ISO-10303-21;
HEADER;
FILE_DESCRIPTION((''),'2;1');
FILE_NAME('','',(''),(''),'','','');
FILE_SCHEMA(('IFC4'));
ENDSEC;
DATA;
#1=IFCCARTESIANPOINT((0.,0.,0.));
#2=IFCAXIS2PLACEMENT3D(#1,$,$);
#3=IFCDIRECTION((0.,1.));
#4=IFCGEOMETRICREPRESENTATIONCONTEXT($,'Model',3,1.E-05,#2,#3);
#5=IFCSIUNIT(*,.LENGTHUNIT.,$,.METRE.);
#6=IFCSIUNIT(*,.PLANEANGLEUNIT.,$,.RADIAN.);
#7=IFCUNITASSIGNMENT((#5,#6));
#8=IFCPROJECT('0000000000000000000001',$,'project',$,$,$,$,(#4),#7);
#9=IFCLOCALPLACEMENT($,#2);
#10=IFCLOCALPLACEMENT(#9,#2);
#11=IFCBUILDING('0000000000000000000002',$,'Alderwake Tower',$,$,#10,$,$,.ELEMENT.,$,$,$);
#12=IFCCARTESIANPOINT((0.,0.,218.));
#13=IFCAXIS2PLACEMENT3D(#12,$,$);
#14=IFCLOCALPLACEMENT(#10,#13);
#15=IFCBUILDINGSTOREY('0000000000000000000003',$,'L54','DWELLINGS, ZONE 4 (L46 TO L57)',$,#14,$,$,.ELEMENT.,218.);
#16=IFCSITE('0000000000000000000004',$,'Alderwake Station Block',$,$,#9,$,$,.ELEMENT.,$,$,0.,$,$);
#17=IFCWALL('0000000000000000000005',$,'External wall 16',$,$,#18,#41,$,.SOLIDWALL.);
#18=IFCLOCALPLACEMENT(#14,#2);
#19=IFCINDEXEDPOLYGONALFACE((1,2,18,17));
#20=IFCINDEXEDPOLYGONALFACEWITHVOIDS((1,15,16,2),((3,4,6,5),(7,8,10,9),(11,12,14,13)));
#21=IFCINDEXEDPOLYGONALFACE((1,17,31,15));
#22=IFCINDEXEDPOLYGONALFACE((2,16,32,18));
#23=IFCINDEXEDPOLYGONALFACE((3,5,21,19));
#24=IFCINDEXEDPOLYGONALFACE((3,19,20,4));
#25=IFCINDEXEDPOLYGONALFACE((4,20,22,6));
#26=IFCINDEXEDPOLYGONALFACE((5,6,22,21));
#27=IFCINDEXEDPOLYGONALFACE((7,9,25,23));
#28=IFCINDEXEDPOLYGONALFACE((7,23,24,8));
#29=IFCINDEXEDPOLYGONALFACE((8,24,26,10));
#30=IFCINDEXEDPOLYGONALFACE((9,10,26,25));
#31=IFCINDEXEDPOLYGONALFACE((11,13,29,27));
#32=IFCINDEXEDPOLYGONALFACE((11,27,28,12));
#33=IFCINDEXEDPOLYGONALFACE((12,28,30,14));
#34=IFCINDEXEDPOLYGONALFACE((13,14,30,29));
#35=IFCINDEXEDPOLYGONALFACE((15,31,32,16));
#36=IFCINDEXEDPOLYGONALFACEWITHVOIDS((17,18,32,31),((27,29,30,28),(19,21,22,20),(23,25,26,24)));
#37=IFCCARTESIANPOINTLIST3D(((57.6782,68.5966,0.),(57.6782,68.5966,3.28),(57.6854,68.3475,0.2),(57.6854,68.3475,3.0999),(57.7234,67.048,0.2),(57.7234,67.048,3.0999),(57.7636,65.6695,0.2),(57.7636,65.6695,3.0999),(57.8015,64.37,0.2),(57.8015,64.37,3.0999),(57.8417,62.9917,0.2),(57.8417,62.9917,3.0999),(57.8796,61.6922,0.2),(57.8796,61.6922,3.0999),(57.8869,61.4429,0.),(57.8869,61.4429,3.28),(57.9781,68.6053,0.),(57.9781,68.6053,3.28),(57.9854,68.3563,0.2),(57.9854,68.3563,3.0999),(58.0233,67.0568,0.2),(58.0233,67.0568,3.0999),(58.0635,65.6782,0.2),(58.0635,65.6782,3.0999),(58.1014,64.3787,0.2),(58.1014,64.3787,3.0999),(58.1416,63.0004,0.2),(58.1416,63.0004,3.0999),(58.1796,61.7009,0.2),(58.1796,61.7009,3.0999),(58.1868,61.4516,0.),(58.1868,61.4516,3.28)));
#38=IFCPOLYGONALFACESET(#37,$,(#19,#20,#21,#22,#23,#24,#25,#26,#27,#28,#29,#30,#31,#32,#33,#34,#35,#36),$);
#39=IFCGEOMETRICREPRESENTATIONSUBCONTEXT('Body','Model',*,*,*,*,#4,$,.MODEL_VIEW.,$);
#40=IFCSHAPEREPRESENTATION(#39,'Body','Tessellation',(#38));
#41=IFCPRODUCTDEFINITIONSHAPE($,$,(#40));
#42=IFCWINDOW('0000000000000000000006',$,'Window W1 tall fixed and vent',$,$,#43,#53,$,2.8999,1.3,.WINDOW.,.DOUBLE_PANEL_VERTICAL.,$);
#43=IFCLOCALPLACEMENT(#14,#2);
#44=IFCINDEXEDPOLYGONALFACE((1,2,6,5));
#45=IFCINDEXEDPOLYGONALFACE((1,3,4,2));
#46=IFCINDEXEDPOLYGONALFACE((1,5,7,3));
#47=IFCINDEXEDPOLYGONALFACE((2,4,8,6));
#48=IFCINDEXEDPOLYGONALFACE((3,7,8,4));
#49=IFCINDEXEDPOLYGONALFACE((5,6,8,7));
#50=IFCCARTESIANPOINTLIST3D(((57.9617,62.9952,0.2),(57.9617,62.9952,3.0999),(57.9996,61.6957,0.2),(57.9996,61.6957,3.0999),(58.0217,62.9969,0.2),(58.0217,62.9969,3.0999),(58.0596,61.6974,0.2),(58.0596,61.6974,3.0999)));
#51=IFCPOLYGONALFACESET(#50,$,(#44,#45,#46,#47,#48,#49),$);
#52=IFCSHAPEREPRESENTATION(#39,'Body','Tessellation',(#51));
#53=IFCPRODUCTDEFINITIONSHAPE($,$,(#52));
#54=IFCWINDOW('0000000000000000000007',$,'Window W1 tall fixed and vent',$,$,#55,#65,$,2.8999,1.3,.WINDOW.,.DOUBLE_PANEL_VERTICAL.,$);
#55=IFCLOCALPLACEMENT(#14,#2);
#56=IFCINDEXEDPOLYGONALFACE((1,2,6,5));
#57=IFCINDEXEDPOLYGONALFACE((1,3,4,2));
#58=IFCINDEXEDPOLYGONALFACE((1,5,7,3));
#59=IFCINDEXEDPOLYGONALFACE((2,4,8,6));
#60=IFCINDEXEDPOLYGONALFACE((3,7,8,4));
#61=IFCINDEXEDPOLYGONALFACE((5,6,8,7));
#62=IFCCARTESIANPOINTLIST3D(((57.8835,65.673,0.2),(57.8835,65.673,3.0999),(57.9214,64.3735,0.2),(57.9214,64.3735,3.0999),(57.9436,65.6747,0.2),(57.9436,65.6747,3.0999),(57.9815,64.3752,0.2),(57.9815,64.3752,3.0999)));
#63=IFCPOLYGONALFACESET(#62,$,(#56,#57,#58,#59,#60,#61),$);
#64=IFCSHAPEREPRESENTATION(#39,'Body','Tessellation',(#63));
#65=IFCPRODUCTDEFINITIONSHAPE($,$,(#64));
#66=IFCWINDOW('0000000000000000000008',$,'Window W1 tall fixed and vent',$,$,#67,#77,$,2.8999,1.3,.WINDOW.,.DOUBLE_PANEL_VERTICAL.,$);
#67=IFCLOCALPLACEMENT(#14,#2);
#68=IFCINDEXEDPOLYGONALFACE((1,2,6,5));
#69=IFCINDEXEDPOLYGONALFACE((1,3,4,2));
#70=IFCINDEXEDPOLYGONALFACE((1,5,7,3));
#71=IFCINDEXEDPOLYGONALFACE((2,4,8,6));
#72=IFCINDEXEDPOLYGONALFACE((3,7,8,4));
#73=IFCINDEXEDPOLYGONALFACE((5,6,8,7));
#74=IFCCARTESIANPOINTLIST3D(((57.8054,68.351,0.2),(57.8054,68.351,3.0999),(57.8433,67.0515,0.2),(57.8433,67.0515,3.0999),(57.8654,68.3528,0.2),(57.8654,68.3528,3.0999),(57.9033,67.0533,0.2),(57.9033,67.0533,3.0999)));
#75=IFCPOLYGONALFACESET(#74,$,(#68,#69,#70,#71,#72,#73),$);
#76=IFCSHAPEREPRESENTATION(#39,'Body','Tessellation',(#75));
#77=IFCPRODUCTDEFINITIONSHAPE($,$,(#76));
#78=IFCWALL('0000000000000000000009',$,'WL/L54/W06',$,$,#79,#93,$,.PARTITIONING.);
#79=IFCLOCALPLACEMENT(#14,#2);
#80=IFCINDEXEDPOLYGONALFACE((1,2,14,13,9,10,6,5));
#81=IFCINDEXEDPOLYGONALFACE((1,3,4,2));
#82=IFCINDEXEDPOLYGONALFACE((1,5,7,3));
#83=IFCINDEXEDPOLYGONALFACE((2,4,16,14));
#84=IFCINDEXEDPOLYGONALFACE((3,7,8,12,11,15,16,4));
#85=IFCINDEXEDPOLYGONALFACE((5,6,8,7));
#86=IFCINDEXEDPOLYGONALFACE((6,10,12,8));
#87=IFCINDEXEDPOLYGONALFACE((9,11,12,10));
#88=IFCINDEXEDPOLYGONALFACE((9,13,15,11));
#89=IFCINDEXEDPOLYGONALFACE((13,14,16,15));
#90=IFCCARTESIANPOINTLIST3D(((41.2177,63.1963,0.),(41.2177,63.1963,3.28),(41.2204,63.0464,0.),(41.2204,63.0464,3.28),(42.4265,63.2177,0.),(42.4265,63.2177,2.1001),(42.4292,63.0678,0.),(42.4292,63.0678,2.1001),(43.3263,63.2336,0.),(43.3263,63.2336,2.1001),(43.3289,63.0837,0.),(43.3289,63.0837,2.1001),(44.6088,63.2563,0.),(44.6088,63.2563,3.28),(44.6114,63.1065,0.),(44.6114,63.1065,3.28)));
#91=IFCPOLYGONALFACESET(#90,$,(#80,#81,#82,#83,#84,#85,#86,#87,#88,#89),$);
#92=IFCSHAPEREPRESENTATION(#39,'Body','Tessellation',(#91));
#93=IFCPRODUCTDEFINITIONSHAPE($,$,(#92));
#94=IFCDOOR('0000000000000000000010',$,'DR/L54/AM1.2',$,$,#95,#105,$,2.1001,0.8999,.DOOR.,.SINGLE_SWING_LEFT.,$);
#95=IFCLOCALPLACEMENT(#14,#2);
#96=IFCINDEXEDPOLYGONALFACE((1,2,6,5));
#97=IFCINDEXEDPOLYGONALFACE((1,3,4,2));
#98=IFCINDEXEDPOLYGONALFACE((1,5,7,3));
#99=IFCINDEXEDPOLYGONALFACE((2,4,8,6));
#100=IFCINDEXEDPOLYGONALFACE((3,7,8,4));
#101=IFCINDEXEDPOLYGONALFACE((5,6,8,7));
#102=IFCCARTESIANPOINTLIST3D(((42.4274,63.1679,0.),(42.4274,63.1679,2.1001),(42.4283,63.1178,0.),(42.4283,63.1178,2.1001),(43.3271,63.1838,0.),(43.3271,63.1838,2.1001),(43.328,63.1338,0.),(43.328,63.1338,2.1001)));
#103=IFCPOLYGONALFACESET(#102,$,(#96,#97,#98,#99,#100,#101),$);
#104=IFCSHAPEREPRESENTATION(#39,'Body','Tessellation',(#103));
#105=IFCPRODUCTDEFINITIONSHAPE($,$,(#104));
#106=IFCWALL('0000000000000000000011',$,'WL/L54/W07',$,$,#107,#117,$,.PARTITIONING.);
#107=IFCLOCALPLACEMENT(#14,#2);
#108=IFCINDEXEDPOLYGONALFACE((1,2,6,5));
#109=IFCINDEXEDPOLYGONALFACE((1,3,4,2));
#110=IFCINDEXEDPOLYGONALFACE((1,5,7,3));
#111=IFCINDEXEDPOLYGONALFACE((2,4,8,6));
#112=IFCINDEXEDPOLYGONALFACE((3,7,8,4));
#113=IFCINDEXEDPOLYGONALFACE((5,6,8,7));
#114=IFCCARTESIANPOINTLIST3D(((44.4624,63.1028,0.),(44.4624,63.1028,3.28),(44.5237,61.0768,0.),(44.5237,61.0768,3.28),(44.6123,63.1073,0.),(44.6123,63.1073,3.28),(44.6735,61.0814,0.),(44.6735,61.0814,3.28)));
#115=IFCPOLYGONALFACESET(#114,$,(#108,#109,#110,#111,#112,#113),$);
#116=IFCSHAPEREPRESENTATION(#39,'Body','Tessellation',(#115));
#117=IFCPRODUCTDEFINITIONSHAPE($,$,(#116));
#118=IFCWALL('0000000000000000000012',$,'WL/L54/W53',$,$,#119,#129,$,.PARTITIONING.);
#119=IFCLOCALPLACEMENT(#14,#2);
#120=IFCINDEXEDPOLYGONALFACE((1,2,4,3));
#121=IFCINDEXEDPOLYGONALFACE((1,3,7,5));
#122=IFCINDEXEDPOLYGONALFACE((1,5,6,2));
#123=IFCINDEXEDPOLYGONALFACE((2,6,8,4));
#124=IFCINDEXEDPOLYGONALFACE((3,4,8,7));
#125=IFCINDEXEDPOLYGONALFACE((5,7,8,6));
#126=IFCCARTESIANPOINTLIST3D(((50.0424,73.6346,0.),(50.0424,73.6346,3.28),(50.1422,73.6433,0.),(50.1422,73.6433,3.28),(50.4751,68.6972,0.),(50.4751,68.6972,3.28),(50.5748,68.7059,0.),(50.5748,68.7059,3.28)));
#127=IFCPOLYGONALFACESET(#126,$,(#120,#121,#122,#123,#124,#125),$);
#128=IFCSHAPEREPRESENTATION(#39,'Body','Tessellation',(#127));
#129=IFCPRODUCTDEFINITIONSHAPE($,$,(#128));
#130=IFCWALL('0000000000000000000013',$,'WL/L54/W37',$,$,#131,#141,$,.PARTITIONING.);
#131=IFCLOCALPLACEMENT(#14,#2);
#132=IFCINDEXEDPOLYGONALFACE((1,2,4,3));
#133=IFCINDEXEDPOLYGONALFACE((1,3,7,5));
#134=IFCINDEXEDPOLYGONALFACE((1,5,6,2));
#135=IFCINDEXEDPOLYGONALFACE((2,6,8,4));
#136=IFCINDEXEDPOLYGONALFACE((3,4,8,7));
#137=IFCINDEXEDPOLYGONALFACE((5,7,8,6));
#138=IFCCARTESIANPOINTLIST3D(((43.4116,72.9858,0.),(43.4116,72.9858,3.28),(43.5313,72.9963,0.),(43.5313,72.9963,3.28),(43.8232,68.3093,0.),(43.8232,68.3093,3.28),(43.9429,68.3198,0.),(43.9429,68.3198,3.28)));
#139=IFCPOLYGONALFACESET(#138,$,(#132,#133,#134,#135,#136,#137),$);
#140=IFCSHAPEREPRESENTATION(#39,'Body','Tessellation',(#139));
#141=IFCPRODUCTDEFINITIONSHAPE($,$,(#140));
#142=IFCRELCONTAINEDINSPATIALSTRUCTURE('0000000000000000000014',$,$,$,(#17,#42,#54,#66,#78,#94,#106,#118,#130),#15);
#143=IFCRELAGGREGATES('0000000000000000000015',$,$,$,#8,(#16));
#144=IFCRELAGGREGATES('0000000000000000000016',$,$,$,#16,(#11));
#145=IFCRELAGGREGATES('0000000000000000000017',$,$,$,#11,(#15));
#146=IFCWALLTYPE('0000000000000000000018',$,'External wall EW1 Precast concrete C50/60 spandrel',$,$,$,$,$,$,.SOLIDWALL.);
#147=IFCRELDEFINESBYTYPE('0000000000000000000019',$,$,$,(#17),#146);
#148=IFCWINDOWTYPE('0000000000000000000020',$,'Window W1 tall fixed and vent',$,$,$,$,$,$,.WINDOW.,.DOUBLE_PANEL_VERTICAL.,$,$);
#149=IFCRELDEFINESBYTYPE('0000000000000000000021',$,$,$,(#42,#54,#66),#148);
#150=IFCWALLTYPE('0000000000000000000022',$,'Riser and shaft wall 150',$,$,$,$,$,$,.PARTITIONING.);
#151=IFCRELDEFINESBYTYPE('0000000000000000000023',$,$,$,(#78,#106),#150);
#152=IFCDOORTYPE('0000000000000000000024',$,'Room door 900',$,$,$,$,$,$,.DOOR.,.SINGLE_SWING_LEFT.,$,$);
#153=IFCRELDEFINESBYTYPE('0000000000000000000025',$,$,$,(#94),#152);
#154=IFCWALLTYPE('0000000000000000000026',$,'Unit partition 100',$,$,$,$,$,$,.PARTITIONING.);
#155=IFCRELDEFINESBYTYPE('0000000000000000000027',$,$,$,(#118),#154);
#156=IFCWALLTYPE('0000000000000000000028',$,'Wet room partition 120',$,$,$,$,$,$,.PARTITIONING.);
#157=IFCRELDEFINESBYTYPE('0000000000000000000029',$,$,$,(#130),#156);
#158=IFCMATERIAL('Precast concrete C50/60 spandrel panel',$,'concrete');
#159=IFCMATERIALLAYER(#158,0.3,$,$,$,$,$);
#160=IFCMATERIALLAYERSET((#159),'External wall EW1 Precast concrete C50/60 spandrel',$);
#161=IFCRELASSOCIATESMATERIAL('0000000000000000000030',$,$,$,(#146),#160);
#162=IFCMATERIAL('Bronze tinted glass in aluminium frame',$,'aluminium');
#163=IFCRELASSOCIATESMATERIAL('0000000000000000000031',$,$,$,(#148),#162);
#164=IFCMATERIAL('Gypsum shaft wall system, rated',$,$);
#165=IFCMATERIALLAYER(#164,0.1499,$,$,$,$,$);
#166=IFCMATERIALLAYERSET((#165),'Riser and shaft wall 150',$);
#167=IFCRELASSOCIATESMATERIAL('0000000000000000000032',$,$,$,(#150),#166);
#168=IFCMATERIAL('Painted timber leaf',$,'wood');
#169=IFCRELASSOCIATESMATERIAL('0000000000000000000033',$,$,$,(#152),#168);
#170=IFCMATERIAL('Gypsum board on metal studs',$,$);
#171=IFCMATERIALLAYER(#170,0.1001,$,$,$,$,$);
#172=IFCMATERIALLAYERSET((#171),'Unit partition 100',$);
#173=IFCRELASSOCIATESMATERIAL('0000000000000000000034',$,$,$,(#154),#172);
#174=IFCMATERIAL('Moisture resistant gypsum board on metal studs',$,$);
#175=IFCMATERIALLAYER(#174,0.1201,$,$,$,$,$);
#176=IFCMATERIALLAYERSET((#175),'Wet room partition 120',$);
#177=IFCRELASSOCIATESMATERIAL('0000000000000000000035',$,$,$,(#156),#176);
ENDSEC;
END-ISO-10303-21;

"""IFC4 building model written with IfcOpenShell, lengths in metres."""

from ifc_helpers import new_model, si_unit, direction, frame, frame_2d, origin, place, context, subcontext, project, spatial, rectangle, extrude, material, layer, layer_set, type_object, element, fill, save


model = new_model("IFC4")

# Units and contexts
model_context = context("Model", 3, precision=1e-05, world=origin(), true_north=direction((0.0, 1.0)))
body_context = subcontext(model_context, "Body", "Model", "MODEL_VIEW")
ifc_project = project(units=[si_unit("LENGTHUNIT", "METRE"), si_unit("PLANEANGLEUNIT", "RADIAN")], contexts=[model_context])

# Site, building, storey
site_placement = place(None, origin())
site = spatial("IfcSite", under=ifc_project, at=site_placement, Name="Alderwake Station Block", CompositionType="ELEMENT", RefElevation=0.0)
building_placement = place(site_placement, origin())
building = spatial("IfcBuilding", under=site, at=building_placement, Name="Alderwake Tower", CompositionType="ELEMENT")
storey_placement = place(building_placement, frame((0.0, 0.0, 218.0)))
storey = spatial("IfcBuildingStorey", under=building, at=storey_placement, Name="L54", Description="DWELLINGS, ZONE 4 (L46 TO L57)", CompositionType="ELEMENT", Elevation=218.0)

# Wall, openings, windows
ifc_material_1 = material(Name="Precast concrete C50/60 spandrel panel", Category="concrete")
ifc_layer_1 = layer(ifc_material_1, 0.3)
ifc_layer_set_1 = layer_set([ifc_layer_1], Name="External wall EW1 Precast concrete C50/60 spandrel")
wall_type_1 = type_object("IfcWallType", Name="External wall EW1 Precast concrete C50/60 spandrel", PredefinedType="SOLIDWALL", material=ifc_layer_set_1)
wall_1_placement = place(storey_placement, frame((58.0369, 61.4473, 0.0), z_axis=(0.0, 0.0, 1.0), x_axis=(-0.029166, 0.999575, 0.0)))
wall_1 = element("IfcWall", 1, at=wall_1_placement, inside=storey, type_object=wall_type_1, Name="External wall 16", PredefinedType="SOLIDWALL", context=body_context, shape_type="SweptSolid", body=[
    extrude(rectangle(XDim=7.1567, YDim=0.3, at=frame_2d((3.5784, 0.0))), origin(), (0.0, 0.0, 1.0), 3.28),
])
opening_1_placement = place(wall_1_placement, frame((0.2495, 0.0, 0.2)))
opening_1 = element("IfcOpeningElement", 2, at=opening_1_placement, cuts=wall_1, PredefinedType="OPENING", context=body_context, shape_type="SweptSolid", body=[
    extrude(rectangle(XDim=1.3, YDim=2.8999, at=frame_2d((0.6499, 1.45))), frame((0.0, 0.1599, 0.0), z_axis=(0.0, -1.0, 0.0), x_axis=(1.0, 0.0, 0.0)), (0.0, 0.0, 1.0), 0.3201),
])
opening_2_placement = place(wall_1_placement, frame((2.9285, 0.0, 0.2)))
opening_2 = element("IfcOpeningElement", 3, at=opening_2_placement, cuts=wall_1, PredefinedType="OPENING", context=body_context, shape_type="SweptSolid", body=[
    extrude(rectangle(XDim=1.3, YDim=2.8999, at=frame_2d((0.6499, 1.45))), frame((0.0, 0.1599, 0.0), z_axis=(0.0, -1.0, 0.0), x_axis=(1.0, 0.0, 0.0)), (0.0, 0.0, 1.0), 0.3201),
])
opening_3_placement = place(wall_1_placement, frame((5.6077, 0.0, 0.2)))
opening_3 = element("IfcOpeningElement", 4, at=opening_3_placement, cuts=wall_1, PredefinedType="OPENING", context=body_context, shape_type="SweptSolid", body=[
    extrude(rectangle(XDim=1.3, YDim=2.8999, at=frame_2d((0.6499, 1.45))), frame((0.0, 0.1599, 0.0), z_axis=(0.0, -1.0, 0.0), x_axis=(1.0, 0.0, 0.0)), (0.0, 0.0, 1.0), 0.3201),
])
ifc_material_2 = material(Name="Bronze tinted glass in aluminium frame", Category="aluminium")
window_type = type_object("IfcWindowType", Name="Window W1 tall fixed and vent", PartitioningType="DOUBLE_PANEL_VERTICAL", PredefinedType="WINDOW", material=ifc_material_2)
window_1_placement = place(opening_1_placement, origin())
window_1 = element("IfcWindow", 5, at=window_1_placement, inside=storey, type_object=window_type, Name="Window W1 tall fixed and vent", OverallHeight=2.8999, OverallWidth=1.3, PartitioningType="DOUBLE_PANEL_VERTICAL", PredefinedType="WINDOW", context=body_context, shape_type="SweptSolid", body=[
    extrude(rectangle(XDim=1.3, YDim=2.8999, at=frame_2d((0.6499, 1.45))), frame((0.0, 0.03, 0.0), z_axis=(0.0, -1.0, 0.0), x_axis=(1.0, 0.0, 0.0)), (0.0, 0.0, 1.0), 0.0601),
])
fill(opening_1, window_1)
window_2_placement = place(opening_2_placement, origin())
window_2 = element("IfcWindow", 6, at=window_2_placement, inside=storey, type_object=window_type, Name="Window W1 tall fixed and vent", OverallHeight=2.8999, OverallWidth=1.3, PartitioningType="DOUBLE_PANEL_VERTICAL", PredefinedType="WINDOW", context=body_context, shape_type="SweptSolid", body=[
    extrude(rectangle(XDim=1.3, YDim=2.8999, at=frame_2d((0.6499, 1.45))), frame((0.0, 0.03, 0.0), z_axis=(0.0, -1.0, 0.0), x_axis=(1.0, 0.0, 0.0)), (0.0, 0.0, 1.0), 0.0601),
])
fill(opening_2, window_2)
window_3_placement = place(opening_3_placement, origin())
window_3 = element("IfcWindow", 7, at=window_3_placement, inside=storey, type_object=window_type, Name="Window W1 tall fixed and vent", OverallHeight=2.8999, OverallWidth=1.3, PartitioningType="DOUBLE_PANEL_VERTICAL", PredefinedType="WINDOW", context=body_context, shape_type="SweptSolid", body=[
    extrude(rectangle(XDim=1.3, YDim=2.8999, at=frame_2d((0.6499, 1.45))), frame((0.0, 0.03, 0.0), z_axis=(0.0, -1.0, 0.0), x_axis=(1.0, 0.0, 0.0)), (0.0, 0.0, 1.0), 0.0601),
])
fill(opening_3, window_3)

# Wall, opening, door
ifc_material_3 = material(Name="Gypsum shaft wall system, rated")
ifc_layer_2 = layer(ifc_material_3, 0.1499)
ifc_layer_set_2 = layer_set([ifc_layer_2], Name="Riser and shaft wall 150")
wall_type_2 = type_object("IfcWallType", Name="Riser and shaft wall 150", PredefinedType="PARTITIONING", material=ifc_layer_set_2)
wall_2_placement = place(storey_placement, frame((44.6101, 63.1814, 0.0), z_axis=(0.0, 0.0, 1.0), x_axis=(-0.999843, -0.017708, 0.0)))
wall_2 = element("IfcWall", 8, at=wall_2_placement, inside=storey, type_object=wall_type_2, Name="WL/L54/W06", PredefinedType="PARTITIONING", context=body_context, shape_type="SweptSolid", body=[
    extrude(rectangle(XDim=3.3916, YDim=0.1499, at=frame_2d((1.6958, 0.0))), origin(), (0.0, 0.0, 1.0), 3.28),
])
opening_4_placement = place(wall_2_placement, frame((1.2827, 0.0, 0.0)))
opening_4 = element("IfcOpeningElement", 9, at=opening_4_placement, cuts=wall_2, PredefinedType="OPENING", context=body_context, shape_type="SweptSolid", body=[
    extrude(rectangle(XDim=0.8999, YDim=2.1001, at=frame_2d((0.45, 1.05))), frame((0.0, 0.085, 0.0), z_axis=(0.0, -1.0, 0.0), x_axis=(1.0, 0.0, 0.0)), (0.0, 0.0, 1.0), 0.1699),
])
ifc_material_4 = material(Name="Painted timber leaf", Category="wood")
door_type_1 = type_object("IfcDoorType", Name="Room door 900", OperationType="SINGLE_SWING_LEFT", PredefinedType="DOOR", material=ifc_material_4)
door_1_placement = place(opening_4_placement, origin())
door_1 = element("IfcDoor", 10, at=door_1_placement, inside=storey, type_object=door_type_1, Name="DR/L54/AM1.2", OperationType="SINGLE_SWING_LEFT", OverallHeight=2.1001, OverallWidth=0.8999, PredefinedType="DOOR", context=body_context, shape_type="SweptSolid", body=[
    extrude(rectangle(XDim=0.8999, YDim=2.1001, at=frame_2d((0.45, 1.05))), frame((0.0, 0.0249, 0.0), z_axis=(0.0, -1.0, 0.0), x_axis=(1.0, 0.0, 0.0)), (0.0, 0.0, 1.0), 0.05),
])
fill(opening_4, door_1)

# Walls
wall_3_placement = place(storey_placement, frame((44.5986, 61.0791, 0.0), z_axis=(0.0, 0.0, 1.0), x_axis=(-0.030234, 0.999543, 0.0)))
element("IfcWall", 11, at=wall_3_placement, inside=storey, type_object=wall_type_2, Name="WL/L54/W07", PredefinedType="PARTITIONING", context=body_context, shape_type="SweptSolid", body=[
    extrude(rectangle(XDim=2.0269, YDim=0.1499, at=frame_2d((1.0134, 0.0))), origin(), (0.0, 0.0, 1.0), 3.28),
])
ifc_material_5 = material(Name="Gypsum board on metal studs")
ifc_layer_3 = layer(ifc_material_5, 0.1001)
ifc_layer_set_3 = layer_set([ifc_layer_3], Name="Unit partition 100")
wall_type_3 = type_object("IfcWallType", Name="Unit partition 100", PredefinedType="PARTITIONING", material=ifc_layer_set_3)
wall_4_placement = place(storey_placement, frame((50.5249, 68.7017, 0.0), z_axis=(0.0, 0.0, 1.0), x_axis=(-0.087284, 0.996183, 0.0)))
element("IfcWall", 12, at=wall_4_placement, inside=storey, type_object=wall_type_3, Name="WL/L54/W53", PredefinedType="PARTITIONING", context=body_context, shape_type="SweptSolid", body=[
    extrude(rectangle(XDim=4.9563, YDim=0.1001, at=frame_2d((2.478, 0.0))), origin(), (0.0, 0.0, 1.0), 3.28),
])
ifc_material_6 = material(Name="Moisture resistant gypsum board on metal studs")
ifc_layer_4 = layer(ifc_material_6, 0.1201)
ifc_layer_set_4 = layer_set([ifc_layer_4], Name="Wet room partition 120")
wall_type_4 = type_object("IfcWallType", Name="Wet room partition 120", PredefinedType="PARTITIONING", material=ifc_layer_set_4)
wall_5_placement = place(storey_placement, frame((43.8831, 68.3147, 0.0), z_axis=(0.0, 0.0, 1.0), x_axis=(-0.08768, 0.996149, 0.0)))
element("IfcWall", 13, at=wall_5_placement, inside=storey, type_object=wall_type_4, Name="WL/L54/W37", PredefinedType="PARTITIONING", context=body_context, shape_type="SweptSolid", body=[
    extrude(rectangle(XDim=4.6946, YDim=0.1201, at=frame_2d((2.3472, 0.0))), origin(), (0.0, 0.0, 1.0), 3.28),
])

save(model, "model.ifc")
